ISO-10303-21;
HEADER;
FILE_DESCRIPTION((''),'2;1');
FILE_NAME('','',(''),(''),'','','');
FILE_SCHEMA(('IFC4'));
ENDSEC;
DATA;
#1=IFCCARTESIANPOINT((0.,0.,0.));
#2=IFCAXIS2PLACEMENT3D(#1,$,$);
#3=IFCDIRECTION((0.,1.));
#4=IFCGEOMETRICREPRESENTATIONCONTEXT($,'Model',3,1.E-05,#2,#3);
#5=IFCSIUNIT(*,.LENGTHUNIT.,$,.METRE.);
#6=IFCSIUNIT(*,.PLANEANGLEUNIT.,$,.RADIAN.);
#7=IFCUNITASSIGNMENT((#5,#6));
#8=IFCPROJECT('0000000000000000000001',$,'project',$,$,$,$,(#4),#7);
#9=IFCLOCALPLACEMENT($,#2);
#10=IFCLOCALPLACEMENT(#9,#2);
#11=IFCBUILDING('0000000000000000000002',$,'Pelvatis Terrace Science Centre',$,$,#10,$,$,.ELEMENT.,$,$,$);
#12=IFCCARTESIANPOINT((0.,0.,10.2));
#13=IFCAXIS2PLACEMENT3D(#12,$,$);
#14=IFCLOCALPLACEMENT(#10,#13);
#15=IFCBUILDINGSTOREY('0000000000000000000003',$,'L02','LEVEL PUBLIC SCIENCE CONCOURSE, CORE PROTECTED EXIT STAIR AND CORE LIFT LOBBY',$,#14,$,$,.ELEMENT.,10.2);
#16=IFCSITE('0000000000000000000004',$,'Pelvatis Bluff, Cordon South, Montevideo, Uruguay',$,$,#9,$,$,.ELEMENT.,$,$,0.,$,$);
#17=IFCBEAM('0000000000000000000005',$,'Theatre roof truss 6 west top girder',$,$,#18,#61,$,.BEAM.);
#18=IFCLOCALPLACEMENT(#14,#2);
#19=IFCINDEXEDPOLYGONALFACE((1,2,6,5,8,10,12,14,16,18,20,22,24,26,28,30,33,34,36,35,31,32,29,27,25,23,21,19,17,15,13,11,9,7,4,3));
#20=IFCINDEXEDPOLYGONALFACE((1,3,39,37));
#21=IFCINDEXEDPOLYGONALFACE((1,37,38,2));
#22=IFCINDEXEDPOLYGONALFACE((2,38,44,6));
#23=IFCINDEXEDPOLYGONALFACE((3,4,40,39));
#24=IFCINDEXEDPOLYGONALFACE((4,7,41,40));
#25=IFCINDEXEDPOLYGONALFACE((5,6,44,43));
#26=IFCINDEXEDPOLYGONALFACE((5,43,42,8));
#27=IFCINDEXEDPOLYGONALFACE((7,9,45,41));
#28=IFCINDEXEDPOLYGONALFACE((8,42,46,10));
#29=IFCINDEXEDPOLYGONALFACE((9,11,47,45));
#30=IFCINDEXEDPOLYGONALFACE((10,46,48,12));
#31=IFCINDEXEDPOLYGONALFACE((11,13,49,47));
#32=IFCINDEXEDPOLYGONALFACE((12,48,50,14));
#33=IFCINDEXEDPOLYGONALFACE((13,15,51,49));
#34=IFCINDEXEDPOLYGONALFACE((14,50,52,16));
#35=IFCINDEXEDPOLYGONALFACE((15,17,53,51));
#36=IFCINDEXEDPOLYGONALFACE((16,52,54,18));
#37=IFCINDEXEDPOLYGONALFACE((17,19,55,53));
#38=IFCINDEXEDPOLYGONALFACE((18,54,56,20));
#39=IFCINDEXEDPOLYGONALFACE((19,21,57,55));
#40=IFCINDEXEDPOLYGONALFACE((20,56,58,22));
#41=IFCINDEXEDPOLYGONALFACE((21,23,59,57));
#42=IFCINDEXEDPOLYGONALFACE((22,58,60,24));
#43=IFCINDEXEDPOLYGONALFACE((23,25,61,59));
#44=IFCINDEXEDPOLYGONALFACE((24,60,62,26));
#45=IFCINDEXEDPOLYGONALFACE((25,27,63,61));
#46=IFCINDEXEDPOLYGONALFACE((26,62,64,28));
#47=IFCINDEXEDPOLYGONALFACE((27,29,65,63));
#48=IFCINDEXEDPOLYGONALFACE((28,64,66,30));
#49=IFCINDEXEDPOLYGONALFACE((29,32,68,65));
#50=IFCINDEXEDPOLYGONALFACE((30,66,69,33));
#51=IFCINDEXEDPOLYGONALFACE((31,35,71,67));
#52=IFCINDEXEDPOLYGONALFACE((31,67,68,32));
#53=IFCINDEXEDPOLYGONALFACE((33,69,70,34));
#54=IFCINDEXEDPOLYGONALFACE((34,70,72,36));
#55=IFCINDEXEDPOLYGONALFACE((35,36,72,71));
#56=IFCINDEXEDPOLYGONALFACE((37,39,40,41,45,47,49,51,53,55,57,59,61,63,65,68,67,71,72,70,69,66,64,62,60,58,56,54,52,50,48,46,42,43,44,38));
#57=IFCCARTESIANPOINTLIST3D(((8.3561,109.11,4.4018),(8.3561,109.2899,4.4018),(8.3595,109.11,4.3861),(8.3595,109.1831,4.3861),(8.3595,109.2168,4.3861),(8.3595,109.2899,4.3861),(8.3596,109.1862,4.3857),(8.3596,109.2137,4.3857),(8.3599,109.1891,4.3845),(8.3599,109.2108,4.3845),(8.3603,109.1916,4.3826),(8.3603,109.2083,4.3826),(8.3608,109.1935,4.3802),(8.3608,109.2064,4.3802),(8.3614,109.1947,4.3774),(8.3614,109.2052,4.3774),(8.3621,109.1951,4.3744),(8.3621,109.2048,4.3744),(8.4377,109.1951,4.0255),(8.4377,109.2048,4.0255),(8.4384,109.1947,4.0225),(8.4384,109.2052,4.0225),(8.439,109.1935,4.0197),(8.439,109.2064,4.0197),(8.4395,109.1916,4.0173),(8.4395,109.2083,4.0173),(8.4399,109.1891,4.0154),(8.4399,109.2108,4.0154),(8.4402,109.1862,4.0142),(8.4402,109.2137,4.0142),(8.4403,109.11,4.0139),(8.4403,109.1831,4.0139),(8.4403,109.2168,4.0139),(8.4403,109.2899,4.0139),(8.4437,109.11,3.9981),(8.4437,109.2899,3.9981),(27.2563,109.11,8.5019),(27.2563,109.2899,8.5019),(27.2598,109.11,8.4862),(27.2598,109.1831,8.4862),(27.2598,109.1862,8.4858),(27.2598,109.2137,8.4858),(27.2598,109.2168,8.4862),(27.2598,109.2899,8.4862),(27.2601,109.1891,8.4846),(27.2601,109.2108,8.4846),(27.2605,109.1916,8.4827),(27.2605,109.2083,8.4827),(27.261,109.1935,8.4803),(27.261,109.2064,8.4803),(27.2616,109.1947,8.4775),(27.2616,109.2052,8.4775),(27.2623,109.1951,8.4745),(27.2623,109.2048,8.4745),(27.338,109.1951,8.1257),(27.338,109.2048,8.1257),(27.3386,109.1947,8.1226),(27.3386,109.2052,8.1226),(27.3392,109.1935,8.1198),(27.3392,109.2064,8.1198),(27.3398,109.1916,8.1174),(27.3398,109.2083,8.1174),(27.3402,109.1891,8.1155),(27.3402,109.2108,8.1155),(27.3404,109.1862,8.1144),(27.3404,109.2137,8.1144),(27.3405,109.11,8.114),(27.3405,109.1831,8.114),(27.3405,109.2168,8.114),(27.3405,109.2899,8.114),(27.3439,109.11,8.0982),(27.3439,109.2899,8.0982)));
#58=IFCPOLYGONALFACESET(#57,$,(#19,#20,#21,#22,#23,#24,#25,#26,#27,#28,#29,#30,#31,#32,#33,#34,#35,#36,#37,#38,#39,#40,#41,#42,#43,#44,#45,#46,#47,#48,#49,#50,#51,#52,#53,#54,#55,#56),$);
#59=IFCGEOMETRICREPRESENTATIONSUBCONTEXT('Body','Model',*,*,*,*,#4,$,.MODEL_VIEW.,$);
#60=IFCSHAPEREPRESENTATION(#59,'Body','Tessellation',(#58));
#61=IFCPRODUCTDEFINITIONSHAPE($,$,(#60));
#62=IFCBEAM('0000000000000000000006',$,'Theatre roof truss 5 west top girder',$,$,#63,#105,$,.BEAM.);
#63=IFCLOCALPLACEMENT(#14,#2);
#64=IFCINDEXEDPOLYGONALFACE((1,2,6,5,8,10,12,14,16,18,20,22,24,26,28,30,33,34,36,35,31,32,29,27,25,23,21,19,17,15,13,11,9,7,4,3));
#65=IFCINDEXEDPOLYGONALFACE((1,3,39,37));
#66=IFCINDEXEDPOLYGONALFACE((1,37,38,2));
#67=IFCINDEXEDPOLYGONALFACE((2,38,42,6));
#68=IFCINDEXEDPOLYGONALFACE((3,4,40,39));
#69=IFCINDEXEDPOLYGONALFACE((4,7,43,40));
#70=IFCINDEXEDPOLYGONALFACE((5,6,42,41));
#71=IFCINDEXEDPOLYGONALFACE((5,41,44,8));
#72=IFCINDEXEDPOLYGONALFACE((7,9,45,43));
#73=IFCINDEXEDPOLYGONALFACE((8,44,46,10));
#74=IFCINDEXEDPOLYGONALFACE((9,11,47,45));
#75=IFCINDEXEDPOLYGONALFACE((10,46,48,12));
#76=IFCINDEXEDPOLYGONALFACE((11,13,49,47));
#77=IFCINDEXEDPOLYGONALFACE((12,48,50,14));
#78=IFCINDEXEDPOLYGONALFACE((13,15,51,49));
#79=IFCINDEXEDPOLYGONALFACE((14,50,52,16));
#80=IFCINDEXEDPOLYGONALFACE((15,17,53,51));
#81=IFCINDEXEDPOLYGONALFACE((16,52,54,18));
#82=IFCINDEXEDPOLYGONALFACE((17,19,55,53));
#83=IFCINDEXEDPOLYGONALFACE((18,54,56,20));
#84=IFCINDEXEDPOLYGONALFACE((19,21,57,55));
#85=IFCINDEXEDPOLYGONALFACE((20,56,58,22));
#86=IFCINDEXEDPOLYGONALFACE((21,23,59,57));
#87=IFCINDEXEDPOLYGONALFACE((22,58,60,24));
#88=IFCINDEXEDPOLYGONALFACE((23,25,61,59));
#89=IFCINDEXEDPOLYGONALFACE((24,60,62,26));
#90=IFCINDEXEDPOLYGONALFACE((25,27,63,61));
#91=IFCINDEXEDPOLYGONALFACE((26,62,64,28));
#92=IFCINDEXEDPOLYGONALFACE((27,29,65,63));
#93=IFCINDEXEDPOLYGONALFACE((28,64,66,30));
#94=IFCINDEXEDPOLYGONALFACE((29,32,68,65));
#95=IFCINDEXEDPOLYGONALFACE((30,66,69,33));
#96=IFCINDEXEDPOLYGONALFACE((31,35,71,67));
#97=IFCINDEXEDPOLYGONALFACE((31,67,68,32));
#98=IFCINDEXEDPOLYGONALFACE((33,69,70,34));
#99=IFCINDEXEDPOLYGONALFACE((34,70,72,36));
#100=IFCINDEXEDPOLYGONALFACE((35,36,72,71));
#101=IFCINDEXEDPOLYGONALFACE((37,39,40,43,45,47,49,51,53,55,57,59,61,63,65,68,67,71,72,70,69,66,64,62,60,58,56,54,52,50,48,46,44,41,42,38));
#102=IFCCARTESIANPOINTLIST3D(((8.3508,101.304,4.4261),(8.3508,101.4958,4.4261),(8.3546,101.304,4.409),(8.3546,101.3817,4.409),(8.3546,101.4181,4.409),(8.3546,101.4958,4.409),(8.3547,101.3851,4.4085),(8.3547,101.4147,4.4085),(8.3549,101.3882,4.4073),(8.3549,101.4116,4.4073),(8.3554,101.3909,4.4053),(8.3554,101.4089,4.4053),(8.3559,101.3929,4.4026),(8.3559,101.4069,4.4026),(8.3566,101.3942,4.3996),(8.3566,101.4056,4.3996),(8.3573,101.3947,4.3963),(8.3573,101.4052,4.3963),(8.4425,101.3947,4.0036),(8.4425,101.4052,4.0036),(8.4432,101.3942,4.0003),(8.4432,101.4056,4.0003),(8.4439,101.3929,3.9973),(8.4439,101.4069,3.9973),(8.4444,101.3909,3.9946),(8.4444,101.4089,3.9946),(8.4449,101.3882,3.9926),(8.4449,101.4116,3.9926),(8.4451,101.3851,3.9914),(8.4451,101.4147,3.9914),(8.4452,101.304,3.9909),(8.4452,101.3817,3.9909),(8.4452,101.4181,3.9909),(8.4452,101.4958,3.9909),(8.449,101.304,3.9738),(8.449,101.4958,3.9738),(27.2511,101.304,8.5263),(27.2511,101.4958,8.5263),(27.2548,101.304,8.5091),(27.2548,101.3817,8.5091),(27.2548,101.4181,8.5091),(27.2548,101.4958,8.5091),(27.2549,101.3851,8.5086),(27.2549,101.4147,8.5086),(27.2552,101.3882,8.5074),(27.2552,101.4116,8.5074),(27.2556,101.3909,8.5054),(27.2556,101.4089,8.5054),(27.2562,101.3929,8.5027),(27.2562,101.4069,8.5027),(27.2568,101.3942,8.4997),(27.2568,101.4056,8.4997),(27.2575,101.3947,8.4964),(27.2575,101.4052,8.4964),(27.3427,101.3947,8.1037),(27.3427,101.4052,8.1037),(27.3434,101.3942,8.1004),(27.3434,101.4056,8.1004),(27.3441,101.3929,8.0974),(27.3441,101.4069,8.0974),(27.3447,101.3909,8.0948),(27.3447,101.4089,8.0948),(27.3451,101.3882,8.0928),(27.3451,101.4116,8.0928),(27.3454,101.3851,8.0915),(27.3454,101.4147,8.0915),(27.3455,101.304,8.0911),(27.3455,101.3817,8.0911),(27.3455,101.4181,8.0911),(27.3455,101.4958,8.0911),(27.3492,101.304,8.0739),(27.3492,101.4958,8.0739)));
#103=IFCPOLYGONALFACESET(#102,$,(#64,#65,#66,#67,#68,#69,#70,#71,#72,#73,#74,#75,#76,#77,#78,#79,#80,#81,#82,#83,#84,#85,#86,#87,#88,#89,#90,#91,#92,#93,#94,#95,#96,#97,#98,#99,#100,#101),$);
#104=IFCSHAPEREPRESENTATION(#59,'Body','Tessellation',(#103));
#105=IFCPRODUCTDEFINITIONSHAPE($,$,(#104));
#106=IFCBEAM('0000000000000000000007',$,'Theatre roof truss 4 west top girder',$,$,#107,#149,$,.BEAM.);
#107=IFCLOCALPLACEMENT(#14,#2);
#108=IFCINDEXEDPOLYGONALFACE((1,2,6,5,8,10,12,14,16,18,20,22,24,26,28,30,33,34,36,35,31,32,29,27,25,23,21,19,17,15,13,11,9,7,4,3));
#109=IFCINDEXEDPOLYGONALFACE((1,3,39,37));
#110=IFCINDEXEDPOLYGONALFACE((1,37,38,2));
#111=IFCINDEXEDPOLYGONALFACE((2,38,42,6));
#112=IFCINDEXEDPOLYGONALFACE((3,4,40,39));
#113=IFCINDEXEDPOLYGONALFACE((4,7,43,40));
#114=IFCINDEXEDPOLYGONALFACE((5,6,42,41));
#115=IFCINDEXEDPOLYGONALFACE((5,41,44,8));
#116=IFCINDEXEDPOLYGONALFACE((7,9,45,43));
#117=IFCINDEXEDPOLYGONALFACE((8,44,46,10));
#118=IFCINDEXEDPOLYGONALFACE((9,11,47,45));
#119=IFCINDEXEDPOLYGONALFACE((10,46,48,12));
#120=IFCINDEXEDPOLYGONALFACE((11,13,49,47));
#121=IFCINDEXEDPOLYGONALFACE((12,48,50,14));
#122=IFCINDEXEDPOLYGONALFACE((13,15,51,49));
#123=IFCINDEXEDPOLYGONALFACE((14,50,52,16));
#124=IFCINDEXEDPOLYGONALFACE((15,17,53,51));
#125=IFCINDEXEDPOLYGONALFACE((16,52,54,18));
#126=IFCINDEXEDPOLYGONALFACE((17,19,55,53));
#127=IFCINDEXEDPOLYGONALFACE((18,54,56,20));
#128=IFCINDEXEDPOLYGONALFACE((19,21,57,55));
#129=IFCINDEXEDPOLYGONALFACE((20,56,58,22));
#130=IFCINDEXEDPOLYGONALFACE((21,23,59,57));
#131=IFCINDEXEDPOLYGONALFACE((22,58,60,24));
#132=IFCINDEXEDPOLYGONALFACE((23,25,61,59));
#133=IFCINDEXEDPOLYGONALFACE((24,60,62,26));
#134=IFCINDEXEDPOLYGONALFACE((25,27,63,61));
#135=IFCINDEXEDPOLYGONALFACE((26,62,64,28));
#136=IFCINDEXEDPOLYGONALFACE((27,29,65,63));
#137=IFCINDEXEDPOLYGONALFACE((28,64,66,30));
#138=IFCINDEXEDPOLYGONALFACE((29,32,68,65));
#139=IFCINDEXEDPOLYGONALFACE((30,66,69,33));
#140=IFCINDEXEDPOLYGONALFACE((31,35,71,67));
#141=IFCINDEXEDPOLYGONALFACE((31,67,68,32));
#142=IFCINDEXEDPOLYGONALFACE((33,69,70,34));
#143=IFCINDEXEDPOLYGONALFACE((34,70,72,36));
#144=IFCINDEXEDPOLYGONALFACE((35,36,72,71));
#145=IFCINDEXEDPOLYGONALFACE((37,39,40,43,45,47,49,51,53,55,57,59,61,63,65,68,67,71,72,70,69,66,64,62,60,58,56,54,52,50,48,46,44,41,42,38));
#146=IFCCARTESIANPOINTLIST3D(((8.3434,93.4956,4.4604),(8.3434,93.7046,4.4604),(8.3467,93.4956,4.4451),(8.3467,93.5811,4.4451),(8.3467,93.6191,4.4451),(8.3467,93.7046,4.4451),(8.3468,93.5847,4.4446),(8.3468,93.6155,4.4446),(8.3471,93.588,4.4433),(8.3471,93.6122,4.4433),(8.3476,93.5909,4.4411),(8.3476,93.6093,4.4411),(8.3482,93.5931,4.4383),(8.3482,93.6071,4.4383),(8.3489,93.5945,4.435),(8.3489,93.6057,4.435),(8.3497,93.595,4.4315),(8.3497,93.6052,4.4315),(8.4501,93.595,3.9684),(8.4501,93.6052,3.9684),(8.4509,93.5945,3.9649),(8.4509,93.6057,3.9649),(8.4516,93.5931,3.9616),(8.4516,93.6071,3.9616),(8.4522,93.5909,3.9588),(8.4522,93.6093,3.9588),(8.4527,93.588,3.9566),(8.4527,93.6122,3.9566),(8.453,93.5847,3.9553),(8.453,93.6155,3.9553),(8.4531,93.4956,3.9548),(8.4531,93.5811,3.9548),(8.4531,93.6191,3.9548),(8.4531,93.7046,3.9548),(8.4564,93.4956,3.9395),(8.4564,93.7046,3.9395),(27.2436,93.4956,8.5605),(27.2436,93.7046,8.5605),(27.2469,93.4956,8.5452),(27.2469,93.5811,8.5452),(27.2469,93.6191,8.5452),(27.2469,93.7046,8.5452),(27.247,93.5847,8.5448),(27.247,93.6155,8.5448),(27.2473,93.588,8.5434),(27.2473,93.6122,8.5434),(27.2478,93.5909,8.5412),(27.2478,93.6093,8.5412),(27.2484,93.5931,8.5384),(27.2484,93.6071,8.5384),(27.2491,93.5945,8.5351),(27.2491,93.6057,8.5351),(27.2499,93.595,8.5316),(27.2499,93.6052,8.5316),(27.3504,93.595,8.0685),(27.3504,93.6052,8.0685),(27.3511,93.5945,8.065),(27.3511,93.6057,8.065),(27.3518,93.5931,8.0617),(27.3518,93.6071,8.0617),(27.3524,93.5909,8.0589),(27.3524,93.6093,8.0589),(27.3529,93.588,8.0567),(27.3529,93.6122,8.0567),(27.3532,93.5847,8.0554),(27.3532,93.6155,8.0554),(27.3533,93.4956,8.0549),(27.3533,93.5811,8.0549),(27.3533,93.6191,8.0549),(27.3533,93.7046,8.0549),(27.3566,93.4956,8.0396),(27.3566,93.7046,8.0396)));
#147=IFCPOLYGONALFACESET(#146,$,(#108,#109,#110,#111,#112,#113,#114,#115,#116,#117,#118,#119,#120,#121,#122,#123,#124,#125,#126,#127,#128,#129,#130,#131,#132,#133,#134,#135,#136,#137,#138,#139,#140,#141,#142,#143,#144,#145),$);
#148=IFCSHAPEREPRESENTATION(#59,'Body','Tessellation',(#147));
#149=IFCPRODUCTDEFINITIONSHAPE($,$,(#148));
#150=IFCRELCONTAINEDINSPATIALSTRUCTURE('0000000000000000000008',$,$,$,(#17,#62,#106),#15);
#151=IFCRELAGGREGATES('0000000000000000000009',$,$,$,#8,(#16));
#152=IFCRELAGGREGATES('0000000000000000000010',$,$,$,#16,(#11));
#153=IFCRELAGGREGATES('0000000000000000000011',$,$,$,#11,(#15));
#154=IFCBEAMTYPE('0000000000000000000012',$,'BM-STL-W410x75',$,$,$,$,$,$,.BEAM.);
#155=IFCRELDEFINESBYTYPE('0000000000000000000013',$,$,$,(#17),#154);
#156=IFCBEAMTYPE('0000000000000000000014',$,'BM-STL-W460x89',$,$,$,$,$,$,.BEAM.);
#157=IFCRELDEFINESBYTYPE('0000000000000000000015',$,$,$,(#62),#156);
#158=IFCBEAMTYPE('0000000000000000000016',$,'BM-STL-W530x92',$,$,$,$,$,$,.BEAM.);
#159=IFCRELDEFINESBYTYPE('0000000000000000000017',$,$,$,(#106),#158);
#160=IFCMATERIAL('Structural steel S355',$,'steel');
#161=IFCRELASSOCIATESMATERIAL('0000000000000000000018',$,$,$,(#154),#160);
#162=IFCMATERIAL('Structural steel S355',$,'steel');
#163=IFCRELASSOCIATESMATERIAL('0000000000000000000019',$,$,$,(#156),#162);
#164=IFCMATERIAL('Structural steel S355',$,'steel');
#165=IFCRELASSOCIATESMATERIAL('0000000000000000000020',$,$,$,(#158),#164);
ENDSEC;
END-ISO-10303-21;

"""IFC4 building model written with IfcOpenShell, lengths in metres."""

from ifc_helpers import new_model, si_unit, direction, frame, origin, origin_2d, place, context, subcontext, project, spatial, i_section, extrude, material, material_profile, profile_set, type_object, element, save


model = new_model("IFC4")

# Units and contexts
model_context = context("Model", 3, precision=1e-05, world=origin(), true_north=direction((0.0, 1.0)))
body_context = subcontext(model_context, "Body", "Model", "MODEL_VIEW")
ifc_project = project(units=[si_unit("LENGTHUNIT", "METRE"), si_unit("PLANEANGLEUNIT", "RADIAN")], contexts=[model_context])

# Site, building, storey
site_placement = place(None, origin())
site = spatial("IfcSite", under=ifc_project, at=site_placement, Name="Pelvatis Bluff, Cordon South, Montevideo, Uruguay", CompositionType="ELEMENT", RefElevation=0.0)
building_placement = place(site_placement, origin())
building = spatial("IfcBuilding", under=site, at=building_placement, Name="Pelvatis Terrace Science Centre", CompositionType="ELEMENT")
storey_placement = place(building_placement, frame((0.0, 0.0, 10.2)))
storey = spatial("IfcBuildingStorey", under=building, at=storey_placement, Name="L02", Description="LEVEL PUBLIC SCIENCE CONCOURSE, CORE PROTECTED EXIT STAIR AND CORE LIFT LOBBY", CompositionType="ELEMENT", Elevation=10.2)

# Beams
ifc_material_1 = material(Name="Structural steel S355", Category="steel")
ifc_material_profile_1 = material_profile(ifc_material_1, i_section(OverallWidth=0.1799, OverallDepth=0.4131, WebThickness=0.0098, FlangeThickness=0.0161, FilletRadius=0.012, at=origin_2d()), Name="W410x75")
ifc_profile_set_1 = profile_set([ifc_material_profile_1], Name="Structural steel S355")
beam_type_1 = type_object("IfcBeamType", Name="BM-STL-W410x75", PredefinedType="BEAM", material=ifc_profile_set_1)
beam_1_placement = place(storey_placement, frame((8.3999, 109.2, 4.2), z_axis=(0.977269, 0.0, 0.212004), x_axis=(0.0, 1.0, 0.0)))
element("IfcBeam", 1, at=beam_1_placement, inside=storey, type_object=beam_type_1, Name="Theatre roof truss 6 west top girder", PredefinedType="BEAM", context=body_context, shape_type="SweptSolid", body=[
    extrude(i_section(OverallWidth=0.1799, OverallDepth=0.4131, WebThickness=0.0098, FlangeThickness=0.0161, FilletRadius=0.012, at=origin_2d()), origin(), (0.0, 0.0, 1.0), 19.3398),
])
ifc_material_2 = material(Name="Structural steel S355", Category="steel")
ifc_material_profile_2 = material_profile(ifc_material_2, i_section(OverallWidth=0.1919, OverallDepth=0.4629, WebThickness=0.0105, FlangeThickness=0.0176, FilletRadius=0.0129, at=origin_2d()), Name="W460x89")
ifc_profile_set_2 = profile_set([ifc_material_profile_2], Name="Structural steel S355")
beam_type_2 = type_object("IfcBeamType", Name="BM-STL-W460x89", PredefinedType="BEAM", material=ifc_profile_set_2)
beam_2_placement = place(storey_placement, frame((8.3999, 101.3999, 4.2), z_axis=(0.977269, 0.0, 0.212004), x_axis=(0.0, 1.0, 0.0)))
element("IfcBeam", 2, at=beam_2_placement, inside=storey, type_object=beam_type_2, Name="Theatre roof truss 5 west top girder", PredefinedType="BEAM", context=body_context, shape_type="SweptSolid", body=[
    extrude(i_section(OverallWidth=0.1919, OverallDepth=0.4629, WebThickness=0.0105, FlangeThickness=0.0176, FilletRadius=0.0129, at=origin_2d()), origin(), (0.0, 0.0, 1.0), 19.3398),
])
ifc_material_3 = material(Name="Structural steel S355", Category="steel")
ifc_material_profile_3 = material_profile(ifc_material_3, i_section(OverallWidth=0.209, OverallDepth=0.533, WebThickness=0.0103, FlangeThickness=0.0156, FilletRadius=0.0139, at=origin_2d()), Name="W530x92")
ifc_profile_set_3 = profile_set([ifc_material_profile_3], Name="Structural steel S355")
beam_type_3 = type_object("IfcBeamType", Name="BM-STL-W530x92", PredefinedType="BEAM", material=ifc_profile_set_3)
beam_3_placement = place(storey_placement, frame((8.3999, 93.6001, 4.2), z_axis=(0.977269, 0.0, 0.212004), x_axis=(0.0, 1.0, 0.0)))
element("IfcBeam", 3, at=beam_3_placement, inside=storey, type_object=beam_type_3, Name="Theatre roof truss 4 west top girder", PredefinedType="BEAM", context=body_context, shape_type="SweptSolid", body=[
    extrude(i_section(OverallWidth=0.209, OverallDepth=0.533, WebThickness=0.0103, FlangeThickness=0.0156, FilletRadius=0.0139, at=origin_2d()), origin(), (0.0, 0.0, 1.0), 19.3398),
])

save(model, "model.ifc")
